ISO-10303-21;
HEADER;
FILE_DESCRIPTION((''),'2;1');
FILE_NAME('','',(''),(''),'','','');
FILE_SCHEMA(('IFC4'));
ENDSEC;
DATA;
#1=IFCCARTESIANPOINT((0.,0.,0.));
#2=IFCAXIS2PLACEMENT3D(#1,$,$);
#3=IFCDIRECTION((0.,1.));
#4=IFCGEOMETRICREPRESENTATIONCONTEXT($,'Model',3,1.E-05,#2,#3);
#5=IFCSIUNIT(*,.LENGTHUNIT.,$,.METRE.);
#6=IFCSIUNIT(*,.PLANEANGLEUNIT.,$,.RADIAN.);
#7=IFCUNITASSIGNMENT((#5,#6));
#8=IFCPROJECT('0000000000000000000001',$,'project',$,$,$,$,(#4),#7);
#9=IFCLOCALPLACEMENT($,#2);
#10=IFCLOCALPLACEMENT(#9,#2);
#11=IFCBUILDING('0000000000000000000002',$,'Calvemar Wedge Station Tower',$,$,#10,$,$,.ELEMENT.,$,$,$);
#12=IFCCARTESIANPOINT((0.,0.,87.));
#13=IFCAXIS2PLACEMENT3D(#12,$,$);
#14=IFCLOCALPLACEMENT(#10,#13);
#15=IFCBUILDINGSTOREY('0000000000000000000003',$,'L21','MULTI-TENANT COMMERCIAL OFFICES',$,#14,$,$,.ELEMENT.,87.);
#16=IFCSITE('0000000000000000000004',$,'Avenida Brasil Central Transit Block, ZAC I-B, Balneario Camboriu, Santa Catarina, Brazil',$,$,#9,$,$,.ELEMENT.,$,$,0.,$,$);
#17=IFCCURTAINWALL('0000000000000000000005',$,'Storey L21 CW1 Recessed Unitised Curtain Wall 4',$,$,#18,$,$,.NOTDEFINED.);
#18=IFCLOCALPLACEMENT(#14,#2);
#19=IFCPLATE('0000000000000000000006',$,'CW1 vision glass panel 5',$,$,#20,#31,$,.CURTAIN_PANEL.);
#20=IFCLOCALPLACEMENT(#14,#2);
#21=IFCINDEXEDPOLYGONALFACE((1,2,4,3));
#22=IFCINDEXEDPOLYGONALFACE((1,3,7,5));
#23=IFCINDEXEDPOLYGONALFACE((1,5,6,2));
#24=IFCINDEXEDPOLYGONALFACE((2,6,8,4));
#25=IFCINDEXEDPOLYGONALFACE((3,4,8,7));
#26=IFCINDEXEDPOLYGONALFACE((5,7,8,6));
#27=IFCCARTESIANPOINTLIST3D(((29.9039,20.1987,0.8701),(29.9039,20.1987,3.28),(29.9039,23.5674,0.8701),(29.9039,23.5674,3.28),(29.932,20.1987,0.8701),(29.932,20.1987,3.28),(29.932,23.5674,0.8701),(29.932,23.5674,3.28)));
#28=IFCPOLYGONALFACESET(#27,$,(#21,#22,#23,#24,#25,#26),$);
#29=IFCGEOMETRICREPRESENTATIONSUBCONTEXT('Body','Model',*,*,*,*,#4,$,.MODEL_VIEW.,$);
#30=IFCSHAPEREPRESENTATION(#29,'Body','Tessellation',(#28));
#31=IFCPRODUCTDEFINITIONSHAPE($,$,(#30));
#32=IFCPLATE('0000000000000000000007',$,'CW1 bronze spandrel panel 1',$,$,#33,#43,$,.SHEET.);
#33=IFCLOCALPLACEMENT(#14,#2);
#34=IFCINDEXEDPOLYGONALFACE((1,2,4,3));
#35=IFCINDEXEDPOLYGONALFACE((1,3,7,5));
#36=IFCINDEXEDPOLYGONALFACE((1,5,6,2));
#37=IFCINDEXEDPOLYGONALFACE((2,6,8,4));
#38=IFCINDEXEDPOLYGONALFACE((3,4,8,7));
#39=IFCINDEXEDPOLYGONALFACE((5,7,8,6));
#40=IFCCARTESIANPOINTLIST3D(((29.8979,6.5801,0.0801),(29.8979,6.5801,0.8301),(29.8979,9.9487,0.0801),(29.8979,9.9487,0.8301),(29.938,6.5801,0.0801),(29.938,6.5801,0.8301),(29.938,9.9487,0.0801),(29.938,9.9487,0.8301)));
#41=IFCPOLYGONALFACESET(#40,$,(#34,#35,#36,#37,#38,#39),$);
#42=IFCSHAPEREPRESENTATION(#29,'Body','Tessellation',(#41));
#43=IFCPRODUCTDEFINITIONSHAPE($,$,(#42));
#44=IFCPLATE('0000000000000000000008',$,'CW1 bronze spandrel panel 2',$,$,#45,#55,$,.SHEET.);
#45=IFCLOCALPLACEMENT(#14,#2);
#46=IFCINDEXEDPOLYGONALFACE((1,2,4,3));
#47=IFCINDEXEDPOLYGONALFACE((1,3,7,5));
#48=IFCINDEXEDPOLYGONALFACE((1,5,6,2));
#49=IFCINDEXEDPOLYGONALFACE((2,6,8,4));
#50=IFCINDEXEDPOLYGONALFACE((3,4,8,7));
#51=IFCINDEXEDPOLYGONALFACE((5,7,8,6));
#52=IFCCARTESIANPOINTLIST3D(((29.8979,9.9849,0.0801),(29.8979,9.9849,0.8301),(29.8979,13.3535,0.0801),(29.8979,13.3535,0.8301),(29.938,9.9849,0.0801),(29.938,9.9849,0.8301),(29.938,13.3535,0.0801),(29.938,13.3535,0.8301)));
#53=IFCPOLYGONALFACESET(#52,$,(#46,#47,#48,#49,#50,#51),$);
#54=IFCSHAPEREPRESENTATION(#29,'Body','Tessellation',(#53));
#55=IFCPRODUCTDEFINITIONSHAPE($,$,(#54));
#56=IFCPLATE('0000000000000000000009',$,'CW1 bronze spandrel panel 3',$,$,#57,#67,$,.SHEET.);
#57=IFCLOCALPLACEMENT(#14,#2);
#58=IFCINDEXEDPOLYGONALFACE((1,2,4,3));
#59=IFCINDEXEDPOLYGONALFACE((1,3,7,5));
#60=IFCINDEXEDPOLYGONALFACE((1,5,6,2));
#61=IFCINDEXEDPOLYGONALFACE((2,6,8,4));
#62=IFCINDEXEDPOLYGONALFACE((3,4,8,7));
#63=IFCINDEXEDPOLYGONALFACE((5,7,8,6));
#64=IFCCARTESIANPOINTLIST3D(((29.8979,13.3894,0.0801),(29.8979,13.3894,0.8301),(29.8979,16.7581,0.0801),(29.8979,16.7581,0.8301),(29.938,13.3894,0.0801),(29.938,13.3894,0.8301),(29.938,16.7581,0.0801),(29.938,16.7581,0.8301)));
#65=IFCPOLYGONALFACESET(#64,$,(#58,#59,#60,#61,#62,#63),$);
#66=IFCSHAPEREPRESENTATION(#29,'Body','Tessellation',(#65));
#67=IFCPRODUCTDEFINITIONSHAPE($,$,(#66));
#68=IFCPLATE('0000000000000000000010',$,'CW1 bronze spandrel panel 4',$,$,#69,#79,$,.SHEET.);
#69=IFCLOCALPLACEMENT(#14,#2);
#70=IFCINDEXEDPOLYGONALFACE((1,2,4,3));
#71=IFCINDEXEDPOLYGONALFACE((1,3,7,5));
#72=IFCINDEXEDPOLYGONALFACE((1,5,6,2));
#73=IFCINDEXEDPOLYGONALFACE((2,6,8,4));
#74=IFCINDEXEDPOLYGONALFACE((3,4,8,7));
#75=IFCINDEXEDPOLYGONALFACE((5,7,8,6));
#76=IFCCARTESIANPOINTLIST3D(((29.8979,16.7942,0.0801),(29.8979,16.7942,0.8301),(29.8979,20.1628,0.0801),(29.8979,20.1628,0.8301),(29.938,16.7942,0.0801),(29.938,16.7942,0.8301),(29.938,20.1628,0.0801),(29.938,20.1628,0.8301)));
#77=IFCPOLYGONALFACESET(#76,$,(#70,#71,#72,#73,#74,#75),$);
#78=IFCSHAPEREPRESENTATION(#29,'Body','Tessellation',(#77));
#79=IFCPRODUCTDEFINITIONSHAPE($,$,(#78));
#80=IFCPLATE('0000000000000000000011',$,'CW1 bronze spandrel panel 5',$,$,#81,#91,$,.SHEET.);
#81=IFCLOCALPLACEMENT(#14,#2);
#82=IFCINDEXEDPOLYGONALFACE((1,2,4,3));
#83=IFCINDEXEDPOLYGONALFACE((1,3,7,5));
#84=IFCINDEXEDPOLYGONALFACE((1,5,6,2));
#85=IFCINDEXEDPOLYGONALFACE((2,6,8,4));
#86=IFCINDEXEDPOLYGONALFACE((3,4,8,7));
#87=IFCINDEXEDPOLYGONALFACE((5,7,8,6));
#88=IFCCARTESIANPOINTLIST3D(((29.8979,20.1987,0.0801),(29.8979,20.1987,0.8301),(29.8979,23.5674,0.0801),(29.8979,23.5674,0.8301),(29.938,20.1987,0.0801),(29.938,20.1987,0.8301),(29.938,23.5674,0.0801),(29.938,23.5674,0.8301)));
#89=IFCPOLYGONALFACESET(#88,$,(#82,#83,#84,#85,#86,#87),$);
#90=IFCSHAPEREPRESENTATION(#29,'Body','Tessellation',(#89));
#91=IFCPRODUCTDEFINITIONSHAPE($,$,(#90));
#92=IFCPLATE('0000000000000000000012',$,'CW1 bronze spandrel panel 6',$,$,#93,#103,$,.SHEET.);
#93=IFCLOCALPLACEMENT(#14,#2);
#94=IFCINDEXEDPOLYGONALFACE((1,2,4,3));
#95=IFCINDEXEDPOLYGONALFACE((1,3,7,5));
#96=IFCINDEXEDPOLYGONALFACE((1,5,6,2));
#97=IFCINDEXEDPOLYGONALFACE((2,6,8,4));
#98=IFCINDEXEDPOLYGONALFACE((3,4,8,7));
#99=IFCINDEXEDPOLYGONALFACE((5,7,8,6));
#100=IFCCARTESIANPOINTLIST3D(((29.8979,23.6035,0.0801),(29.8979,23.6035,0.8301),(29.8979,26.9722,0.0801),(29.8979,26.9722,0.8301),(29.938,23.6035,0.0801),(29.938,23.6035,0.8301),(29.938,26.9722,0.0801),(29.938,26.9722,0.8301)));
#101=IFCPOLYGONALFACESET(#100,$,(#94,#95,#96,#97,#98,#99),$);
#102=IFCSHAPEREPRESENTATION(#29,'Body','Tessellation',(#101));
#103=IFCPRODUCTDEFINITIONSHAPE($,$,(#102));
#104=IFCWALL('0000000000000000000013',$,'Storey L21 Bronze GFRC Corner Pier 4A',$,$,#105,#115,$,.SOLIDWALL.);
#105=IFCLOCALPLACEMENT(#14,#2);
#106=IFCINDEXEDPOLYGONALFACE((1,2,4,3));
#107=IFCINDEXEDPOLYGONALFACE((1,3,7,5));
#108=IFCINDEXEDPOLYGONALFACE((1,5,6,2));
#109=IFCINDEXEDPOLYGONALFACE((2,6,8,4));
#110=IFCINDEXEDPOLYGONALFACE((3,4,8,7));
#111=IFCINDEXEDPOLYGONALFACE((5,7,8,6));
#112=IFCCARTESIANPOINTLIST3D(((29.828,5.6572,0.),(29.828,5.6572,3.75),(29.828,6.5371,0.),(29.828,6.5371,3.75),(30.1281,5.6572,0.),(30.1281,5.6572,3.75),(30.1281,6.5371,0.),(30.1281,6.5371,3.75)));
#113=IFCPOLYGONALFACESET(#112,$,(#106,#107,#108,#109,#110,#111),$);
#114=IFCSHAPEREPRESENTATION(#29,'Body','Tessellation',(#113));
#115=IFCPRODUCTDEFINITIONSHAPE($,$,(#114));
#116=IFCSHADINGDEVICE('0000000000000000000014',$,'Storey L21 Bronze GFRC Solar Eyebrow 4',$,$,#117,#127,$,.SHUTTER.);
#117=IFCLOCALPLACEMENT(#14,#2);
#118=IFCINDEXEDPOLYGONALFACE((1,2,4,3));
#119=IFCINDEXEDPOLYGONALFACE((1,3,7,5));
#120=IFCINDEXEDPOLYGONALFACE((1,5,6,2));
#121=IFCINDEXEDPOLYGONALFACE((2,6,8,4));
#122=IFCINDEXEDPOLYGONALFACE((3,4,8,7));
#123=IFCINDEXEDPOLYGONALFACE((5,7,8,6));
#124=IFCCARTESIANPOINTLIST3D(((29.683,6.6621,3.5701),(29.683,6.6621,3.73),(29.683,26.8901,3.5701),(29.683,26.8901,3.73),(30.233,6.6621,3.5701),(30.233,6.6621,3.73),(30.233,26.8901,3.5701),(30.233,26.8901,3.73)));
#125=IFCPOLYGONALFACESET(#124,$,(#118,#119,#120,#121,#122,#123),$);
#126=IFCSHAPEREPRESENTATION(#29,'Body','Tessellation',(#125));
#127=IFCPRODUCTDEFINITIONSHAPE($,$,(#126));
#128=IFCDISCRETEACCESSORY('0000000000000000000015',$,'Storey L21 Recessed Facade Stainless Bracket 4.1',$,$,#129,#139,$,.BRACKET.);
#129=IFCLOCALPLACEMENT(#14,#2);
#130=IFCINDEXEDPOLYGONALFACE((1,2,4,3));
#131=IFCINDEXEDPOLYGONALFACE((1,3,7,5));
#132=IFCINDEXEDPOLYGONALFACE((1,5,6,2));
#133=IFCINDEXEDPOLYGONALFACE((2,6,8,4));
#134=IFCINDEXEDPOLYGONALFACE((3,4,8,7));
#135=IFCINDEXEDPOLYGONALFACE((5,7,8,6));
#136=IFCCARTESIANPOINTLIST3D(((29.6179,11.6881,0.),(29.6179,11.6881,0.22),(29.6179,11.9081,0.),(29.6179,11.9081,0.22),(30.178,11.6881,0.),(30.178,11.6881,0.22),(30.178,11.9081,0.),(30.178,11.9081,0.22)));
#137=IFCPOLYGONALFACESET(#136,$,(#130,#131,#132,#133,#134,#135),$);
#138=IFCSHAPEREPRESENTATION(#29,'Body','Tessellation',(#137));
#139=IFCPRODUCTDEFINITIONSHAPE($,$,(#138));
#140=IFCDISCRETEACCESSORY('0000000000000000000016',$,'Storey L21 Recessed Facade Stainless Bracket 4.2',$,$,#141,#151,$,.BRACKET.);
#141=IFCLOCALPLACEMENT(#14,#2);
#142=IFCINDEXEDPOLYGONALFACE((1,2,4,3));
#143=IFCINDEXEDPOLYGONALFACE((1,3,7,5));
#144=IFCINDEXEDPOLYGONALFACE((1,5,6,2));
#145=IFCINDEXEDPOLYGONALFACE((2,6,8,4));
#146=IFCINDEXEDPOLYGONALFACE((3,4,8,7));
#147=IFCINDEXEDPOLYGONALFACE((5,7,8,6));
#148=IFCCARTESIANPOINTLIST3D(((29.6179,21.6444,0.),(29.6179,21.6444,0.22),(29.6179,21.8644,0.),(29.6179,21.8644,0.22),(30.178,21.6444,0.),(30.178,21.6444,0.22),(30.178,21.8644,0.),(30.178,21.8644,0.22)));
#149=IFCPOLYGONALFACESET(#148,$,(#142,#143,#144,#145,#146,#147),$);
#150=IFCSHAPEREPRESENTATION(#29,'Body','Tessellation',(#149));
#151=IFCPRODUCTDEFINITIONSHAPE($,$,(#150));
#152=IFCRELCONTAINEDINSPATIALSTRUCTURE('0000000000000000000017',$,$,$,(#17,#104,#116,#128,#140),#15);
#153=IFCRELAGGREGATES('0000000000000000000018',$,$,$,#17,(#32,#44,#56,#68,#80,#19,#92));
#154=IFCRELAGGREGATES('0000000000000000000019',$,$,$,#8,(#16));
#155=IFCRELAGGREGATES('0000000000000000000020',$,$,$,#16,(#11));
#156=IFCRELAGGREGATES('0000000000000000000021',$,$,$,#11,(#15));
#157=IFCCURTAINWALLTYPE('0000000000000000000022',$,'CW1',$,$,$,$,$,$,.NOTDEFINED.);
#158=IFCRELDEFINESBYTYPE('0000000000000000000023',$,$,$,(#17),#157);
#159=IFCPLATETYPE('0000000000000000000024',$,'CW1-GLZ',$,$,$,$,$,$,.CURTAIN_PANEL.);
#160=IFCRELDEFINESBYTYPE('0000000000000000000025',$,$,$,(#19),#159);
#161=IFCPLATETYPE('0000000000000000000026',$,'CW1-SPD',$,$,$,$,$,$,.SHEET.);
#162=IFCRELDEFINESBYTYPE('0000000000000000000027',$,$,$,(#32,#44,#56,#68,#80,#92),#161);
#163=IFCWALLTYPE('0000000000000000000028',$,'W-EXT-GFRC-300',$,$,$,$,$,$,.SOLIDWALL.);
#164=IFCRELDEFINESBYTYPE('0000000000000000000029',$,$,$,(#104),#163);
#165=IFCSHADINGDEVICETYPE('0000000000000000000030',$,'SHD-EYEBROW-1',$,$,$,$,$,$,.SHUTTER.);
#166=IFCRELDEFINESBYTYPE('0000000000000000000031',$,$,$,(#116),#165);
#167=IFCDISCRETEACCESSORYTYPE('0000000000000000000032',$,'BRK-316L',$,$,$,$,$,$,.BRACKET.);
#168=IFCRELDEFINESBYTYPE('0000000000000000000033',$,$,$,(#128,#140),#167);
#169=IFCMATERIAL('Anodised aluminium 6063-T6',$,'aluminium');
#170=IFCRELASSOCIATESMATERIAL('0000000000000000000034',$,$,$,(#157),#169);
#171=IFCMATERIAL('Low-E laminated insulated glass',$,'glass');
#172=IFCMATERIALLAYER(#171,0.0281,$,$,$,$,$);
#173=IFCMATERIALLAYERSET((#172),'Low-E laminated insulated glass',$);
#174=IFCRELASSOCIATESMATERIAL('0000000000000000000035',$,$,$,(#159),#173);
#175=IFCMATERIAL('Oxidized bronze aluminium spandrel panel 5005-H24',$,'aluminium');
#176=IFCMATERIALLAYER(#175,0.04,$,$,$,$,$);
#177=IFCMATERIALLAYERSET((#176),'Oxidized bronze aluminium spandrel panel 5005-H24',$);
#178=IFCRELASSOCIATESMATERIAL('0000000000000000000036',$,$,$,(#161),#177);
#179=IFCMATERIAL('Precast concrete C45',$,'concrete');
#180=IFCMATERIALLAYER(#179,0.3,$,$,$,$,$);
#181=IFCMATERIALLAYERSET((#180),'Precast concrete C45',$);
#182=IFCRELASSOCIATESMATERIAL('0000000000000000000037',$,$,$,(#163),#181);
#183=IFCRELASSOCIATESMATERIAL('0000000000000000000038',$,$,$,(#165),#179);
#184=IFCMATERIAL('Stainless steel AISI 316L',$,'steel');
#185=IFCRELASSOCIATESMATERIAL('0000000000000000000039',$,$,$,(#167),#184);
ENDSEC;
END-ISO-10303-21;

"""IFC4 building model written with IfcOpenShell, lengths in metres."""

from ifc_helpers import new_model, si_unit, direction, frame, frame_2d, origin, origin_2d, place, context, subcontext, project, spatial, rectangle, extrude, source, transform, mapped, material, layer, layer_set, type_object, element, aggregate, save


model = new_model("IFC4")

# Units and contexts
model_context = context("Model", 3, precision=1e-05, world=origin(), true_north=direction((0.0, 1.0)))
body_context = subcontext(model_context, "Body", "Model", "MODEL_VIEW")
ifc_project = project(units=[si_unit("LENGTHUNIT", "METRE"), si_unit("PLANEANGLEUNIT", "RADIAN")], contexts=[model_context])

# Site, building, storey
site_placement = place(None, origin())
site = spatial("IfcSite", under=ifc_project, at=site_placement, Name="Avenida Brasil Central Transit Block, ZAC I-B, Balneario Camboriu, Santa Catarina, Brazil", CompositionType="ELEMENT", RefElevation=0.0)
building_placement = place(site_placement, origin())
building = spatial("IfcBuilding", under=site, at=building_placement, Name="Calvemar Wedge Station Tower", CompositionType="ELEMENT")
storey_placement = place(building_placement, frame((0.0, 0.0, 87.0)))
storey = spatial("IfcBuildingStorey", under=building, at=storey_placement, Name="L21", Description="MULTI-TENANT COMMERCIAL OFFICES", CompositionType="ELEMENT", Elevation=87.0)

# Curtain wall, plates
ifc_material_1 = material(Name="Anodised aluminium 6063-T6", Category="aluminium")
curtain_wall_type = type_object("IfcCurtainWallType", Name="CW1", PredefinedType="NOTDEFINED", material=ifc_material_1)
curtain_wall_placement = place(storey_placement, origin())
curtain_wall = element("IfcCurtainWall", 1, at=curtain_wall_placement, inside=storey, type_object=curtain_wall_type, Name="Storey L21 CW1 Recessed Unitised Curtain Wall 4", PredefinedType="NOTDEFINED")
ifc_material_2 = material(Name="Low-E laminated insulated glass", Category="glass")
ifc_layer_1 = layer(ifc_material_2, 0.0281)
ifc_layer_set_1 = layer_set([ifc_layer_1], Name="Low-E laminated insulated glass")
plate_type_1 = type_object("IfcPlateType", Name="CW1-GLZ", PredefinedType="CURTAIN_PANEL", material=ifc_layer_set_1)
plate_1_placement = place(storey_placement, frame((29.918, 20.1987, 0.8701), z_axis=(0.0, 0.0, 1.0), x_axis=(0.0, 1.0, 0.0)))
plate_1 = element("IfcPlate", 2, at=plate_1_placement, type_object=plate_type_1, Name="CW1 vision glass panel 5", PredefinedType="CURTAIN_PANEL", context=body_context, shape_type="SweptSolid", body=[
    extrude(rectangle(XDim=3.3687, YDim=0.0281, at=frame_2d((1.6843, 0.0))), origin(), (0.0, 0.0, 1.0), 2.4099),
])
ifc_material_3 = material(Name="Oxidized bronze aluminium spandrel panel 5005-H24", Category="aluminium")
ifc_layer_2 = layer(ifc_material_3, 0.04)
ifc_layer_set_2 = layer_set([ifc_layer_2], Name="Oxidized bronze aluminium spandrel panel 5005-H24")
plate_type_2 = type_object("IfcPlateType", Name="CW1-SPD", PredefinedType="SHEET", material=ifc_layer_set_2)
plate_2_placement = place(storey_placement, frame((29.918, 6.5801, 0.0801), z_axis=(0.0, 0.0, 1.0), x_axis=(0.0, 1.0, 0.0)))
plate_2 = element("IfcPlate", 3, at=plate_2_placement, type_object=plate_type_2, Name="CW1 bronze spandrel panel 1", PredefinedType="SHEET", context=body_context, shape_type="SweptSolid", body=[
    extrude(rectangle(XDim=3.3687, YDim=0.04, at=frame_2d((1.6843, 0.0))), origin(), (0.0, 0.0, 1.0), 0.75),
])
plate_3_placement = place(storey_placement, frame((29.918, 9.9849, 0.0801), z_axis=(0.0, 0.0, 1.0), x_axis=(0.0, 1.0, 0.0)))
plate_3 = element("IfcPlate", 4, at=plate_3_placement, type_object=plate_type_2, Name="CW1 bronze spandrel panel 2", PredefinedType="SHEET", context=body_context, shape_type="SweptSolid", body=[
    extrude(rectangle(XDim=3.3687, YDim=0.04, at=frame_2d((1.6843, 0.0))), origin(), (0.0, 0.0, 1.0), 0.75),
])
plate_4_placement = place(storey_placement, frame((29.918, 13.3894, 0.0801), z_axis=(0.0, 0.0, 1.0), x_axis=(0.0, 1.0, 0.0)))
plate_4 = element("IfcPlate", 5, at=plate_4_placement, type_object=plate_type_2, Name="CW1 bronze spandrel panel 3", PredefinedType="SHEET", context=body_context, shape_type="SweptSolid", body=[
    extrude(rectangle(XDim=3.3687, YDim=0.04, at=frame_2d((1.6843, 0.0))), origin(), (0.0, 0.0, 1.0), 0.75),
])
plate_5_placement = place(storey_placement, frame((29.918, 16.7942, 0.0801), z_axis=(0.0, 0.0, 1.0), x_axis=(0.0, 1.0, 0.0)))
plate_5 = element("IfcPlate", 6, at=plate_5_placement, type_object=plate_type_2, Name="CW1 bronze spandrel panel 4", PredefinedType="SHEET", context=body_context, shape_type="SweptSolid", body=[
    extrude(rectangle(XDim=3.3687, YDim=0.04, at=frame_2d((1.6843, 0.0))), origin(), (0.0, 0.0, 1.0), 0.75),
])
plate_6_placement = place(storey_placement, frame((29.918, 20.1987, 0.0801), z_axis=(0.0, 0.0, 1.0), x_axis=(0.0, 1.0, 0.0)))
plate_6 = element("IfcPlate", 7, at=plate_6_placement, type_object=plate_type_2, Name="CW1 bronze spandrel panel 5", PredefinedType="SHEET", context=body_context, shape_type="SweptSolid", body=[
    extrude(rectangle(XDim=3.3687, YDim=0.04, at=frame_2d((1.6843, 0.0))), origin(), (0.0, 0.0, 1.0), 0.75),
])
plate_7_placement = place(storey_placement, frame((29.918, 23.6035, 0.0801), z_axis=(0.0, 0.0, 1.0), x_axis=(0.0, 1.0, 0.0)))
plate_7 = element("IfcPlate", 8, at=plate_7_placement, type_object=plate_type_2, Name="CW1 bronze spandrel panel 6", PredefinedType="SHEET", context=body_context, shape_type="SweptSolid", body=[
    extrude(rectangle(XDim=3.3687, YDim=0.04, at=frame_2d((1.6843, 0.0))), origin(), (0.0, 0.0, 1.0), 0.75),
])
aggregate(curtain_wall, [plate_2, plate_3, plate_4, plate_5, plate_6, plate_1, plate_7])

# Wall
ifc_material_4 = material(Name="Precast concrete C45", Category="concrete")
ifc_layer_3 = layer(ifc_material_4, 0.3)
ifc_layer_set_3 = layer_set([ifc_layer_3], Name="Precast concrete C45")
wall_type = type_object("IfcWallType", Name="W-EXT-GFRC-300", PredefinedType="SOLIDWALL", material=ifc_layer_set_3)
wall_placement = place(storey_placement, frame((29.978, 5.6572, 0.0), z_axis=(0.0, 0.0, 1.0), x_axis=(0.0, 1.0, 0.0)))
element("IfcWall", 9, at=wall_placement, inside=storey, type_object=wall_type, Name="Storey L21 Bronze GFRC Corner Pier 4A", PredefinedType="SOLIDWALL", context=body_context, shape_type="SweptSolid", body=[
    extrude(rectangle(XDim=0.8799, YDim=0.3, at=frame_2d((0.4399, 0.0))), origin(), (0.0, 0.0, 1.0), 3.75),
])

# Shading device
shading_device_type = type_object("IfcShadingDeviceType", Name="SHD-EYEBROW-1", PredefinedType="SHUTTER", material=ifc_material_4)
shading_device_placement = place(storey_placement, frame((29.958, 6.6621, 3.5701), z_axis=(0.0, 0.0, 1.0), x_axis=(0.0, 1.0, 0.0)))
element("IfcShadingDevice", 10, at=shading_device_placement, inside=storey, type_object=shading_device_type, Name="Storey L21 Bronze GFRC Solar Eyebrow 4", PredefinedType="SHUTTER", context=body_context, shape_type="SweptSolid", body=[
    extrude(rectangle(XDim=20.228, YDim=0.55, at=frame_2d((10.114, 0.0))), origin(), (0.0, 0.0, 1.0), 0.1599),
])

# Discrete accessories
ifc_material_5 = material(Name="Stainless steel AISI 316L", Category="steel")
discrete_accessory_type = type_object("IfcDiscreteAccessoryType", Name="BRK-316L", PredefinedType="BRACKET", material=ifc_material_5)
shared_shape_1 = source(origin(), body_context, "Body", "SweptSolid", [
    extrude(rectangle(XDim=0.22, YDim=0.5601, at=origin_2d()), origin(), (0.0, 0.0, 1.0), 0.22),
])
for number, where, z_axis, x_axis, name in (
    (11, (29.8979, 11.7981, 0.0), (0.0, 0.0, 1.0), (0.0, 1.0, 0.0), "Storey L21 Recessed Facade Stainless Bracket 4.1"),
    (12, (29.8979, 21.7544, 0.0), (0.0, 0.0, 1.0), (0.0, 1.0, 0.0), "Storey L21 Recessed Facade Stainless Bracket 4.2"),
):
    element("IfcDiscreteAccessory", number, at=place(storey_placement, frame(where, z_axis=z_axis, x_axis=x_axis)), inside=storey, type_object=discrete_accessory_type, Name=name, PredefinedType="BRACKET", context=body_context, shape_type="MappedRepresentation", body=[
        mapped(shared_shape_1, transform((0.0, 0.0, 0.0), scale=1.0)),
    ])

save(model, "model.ifc")
